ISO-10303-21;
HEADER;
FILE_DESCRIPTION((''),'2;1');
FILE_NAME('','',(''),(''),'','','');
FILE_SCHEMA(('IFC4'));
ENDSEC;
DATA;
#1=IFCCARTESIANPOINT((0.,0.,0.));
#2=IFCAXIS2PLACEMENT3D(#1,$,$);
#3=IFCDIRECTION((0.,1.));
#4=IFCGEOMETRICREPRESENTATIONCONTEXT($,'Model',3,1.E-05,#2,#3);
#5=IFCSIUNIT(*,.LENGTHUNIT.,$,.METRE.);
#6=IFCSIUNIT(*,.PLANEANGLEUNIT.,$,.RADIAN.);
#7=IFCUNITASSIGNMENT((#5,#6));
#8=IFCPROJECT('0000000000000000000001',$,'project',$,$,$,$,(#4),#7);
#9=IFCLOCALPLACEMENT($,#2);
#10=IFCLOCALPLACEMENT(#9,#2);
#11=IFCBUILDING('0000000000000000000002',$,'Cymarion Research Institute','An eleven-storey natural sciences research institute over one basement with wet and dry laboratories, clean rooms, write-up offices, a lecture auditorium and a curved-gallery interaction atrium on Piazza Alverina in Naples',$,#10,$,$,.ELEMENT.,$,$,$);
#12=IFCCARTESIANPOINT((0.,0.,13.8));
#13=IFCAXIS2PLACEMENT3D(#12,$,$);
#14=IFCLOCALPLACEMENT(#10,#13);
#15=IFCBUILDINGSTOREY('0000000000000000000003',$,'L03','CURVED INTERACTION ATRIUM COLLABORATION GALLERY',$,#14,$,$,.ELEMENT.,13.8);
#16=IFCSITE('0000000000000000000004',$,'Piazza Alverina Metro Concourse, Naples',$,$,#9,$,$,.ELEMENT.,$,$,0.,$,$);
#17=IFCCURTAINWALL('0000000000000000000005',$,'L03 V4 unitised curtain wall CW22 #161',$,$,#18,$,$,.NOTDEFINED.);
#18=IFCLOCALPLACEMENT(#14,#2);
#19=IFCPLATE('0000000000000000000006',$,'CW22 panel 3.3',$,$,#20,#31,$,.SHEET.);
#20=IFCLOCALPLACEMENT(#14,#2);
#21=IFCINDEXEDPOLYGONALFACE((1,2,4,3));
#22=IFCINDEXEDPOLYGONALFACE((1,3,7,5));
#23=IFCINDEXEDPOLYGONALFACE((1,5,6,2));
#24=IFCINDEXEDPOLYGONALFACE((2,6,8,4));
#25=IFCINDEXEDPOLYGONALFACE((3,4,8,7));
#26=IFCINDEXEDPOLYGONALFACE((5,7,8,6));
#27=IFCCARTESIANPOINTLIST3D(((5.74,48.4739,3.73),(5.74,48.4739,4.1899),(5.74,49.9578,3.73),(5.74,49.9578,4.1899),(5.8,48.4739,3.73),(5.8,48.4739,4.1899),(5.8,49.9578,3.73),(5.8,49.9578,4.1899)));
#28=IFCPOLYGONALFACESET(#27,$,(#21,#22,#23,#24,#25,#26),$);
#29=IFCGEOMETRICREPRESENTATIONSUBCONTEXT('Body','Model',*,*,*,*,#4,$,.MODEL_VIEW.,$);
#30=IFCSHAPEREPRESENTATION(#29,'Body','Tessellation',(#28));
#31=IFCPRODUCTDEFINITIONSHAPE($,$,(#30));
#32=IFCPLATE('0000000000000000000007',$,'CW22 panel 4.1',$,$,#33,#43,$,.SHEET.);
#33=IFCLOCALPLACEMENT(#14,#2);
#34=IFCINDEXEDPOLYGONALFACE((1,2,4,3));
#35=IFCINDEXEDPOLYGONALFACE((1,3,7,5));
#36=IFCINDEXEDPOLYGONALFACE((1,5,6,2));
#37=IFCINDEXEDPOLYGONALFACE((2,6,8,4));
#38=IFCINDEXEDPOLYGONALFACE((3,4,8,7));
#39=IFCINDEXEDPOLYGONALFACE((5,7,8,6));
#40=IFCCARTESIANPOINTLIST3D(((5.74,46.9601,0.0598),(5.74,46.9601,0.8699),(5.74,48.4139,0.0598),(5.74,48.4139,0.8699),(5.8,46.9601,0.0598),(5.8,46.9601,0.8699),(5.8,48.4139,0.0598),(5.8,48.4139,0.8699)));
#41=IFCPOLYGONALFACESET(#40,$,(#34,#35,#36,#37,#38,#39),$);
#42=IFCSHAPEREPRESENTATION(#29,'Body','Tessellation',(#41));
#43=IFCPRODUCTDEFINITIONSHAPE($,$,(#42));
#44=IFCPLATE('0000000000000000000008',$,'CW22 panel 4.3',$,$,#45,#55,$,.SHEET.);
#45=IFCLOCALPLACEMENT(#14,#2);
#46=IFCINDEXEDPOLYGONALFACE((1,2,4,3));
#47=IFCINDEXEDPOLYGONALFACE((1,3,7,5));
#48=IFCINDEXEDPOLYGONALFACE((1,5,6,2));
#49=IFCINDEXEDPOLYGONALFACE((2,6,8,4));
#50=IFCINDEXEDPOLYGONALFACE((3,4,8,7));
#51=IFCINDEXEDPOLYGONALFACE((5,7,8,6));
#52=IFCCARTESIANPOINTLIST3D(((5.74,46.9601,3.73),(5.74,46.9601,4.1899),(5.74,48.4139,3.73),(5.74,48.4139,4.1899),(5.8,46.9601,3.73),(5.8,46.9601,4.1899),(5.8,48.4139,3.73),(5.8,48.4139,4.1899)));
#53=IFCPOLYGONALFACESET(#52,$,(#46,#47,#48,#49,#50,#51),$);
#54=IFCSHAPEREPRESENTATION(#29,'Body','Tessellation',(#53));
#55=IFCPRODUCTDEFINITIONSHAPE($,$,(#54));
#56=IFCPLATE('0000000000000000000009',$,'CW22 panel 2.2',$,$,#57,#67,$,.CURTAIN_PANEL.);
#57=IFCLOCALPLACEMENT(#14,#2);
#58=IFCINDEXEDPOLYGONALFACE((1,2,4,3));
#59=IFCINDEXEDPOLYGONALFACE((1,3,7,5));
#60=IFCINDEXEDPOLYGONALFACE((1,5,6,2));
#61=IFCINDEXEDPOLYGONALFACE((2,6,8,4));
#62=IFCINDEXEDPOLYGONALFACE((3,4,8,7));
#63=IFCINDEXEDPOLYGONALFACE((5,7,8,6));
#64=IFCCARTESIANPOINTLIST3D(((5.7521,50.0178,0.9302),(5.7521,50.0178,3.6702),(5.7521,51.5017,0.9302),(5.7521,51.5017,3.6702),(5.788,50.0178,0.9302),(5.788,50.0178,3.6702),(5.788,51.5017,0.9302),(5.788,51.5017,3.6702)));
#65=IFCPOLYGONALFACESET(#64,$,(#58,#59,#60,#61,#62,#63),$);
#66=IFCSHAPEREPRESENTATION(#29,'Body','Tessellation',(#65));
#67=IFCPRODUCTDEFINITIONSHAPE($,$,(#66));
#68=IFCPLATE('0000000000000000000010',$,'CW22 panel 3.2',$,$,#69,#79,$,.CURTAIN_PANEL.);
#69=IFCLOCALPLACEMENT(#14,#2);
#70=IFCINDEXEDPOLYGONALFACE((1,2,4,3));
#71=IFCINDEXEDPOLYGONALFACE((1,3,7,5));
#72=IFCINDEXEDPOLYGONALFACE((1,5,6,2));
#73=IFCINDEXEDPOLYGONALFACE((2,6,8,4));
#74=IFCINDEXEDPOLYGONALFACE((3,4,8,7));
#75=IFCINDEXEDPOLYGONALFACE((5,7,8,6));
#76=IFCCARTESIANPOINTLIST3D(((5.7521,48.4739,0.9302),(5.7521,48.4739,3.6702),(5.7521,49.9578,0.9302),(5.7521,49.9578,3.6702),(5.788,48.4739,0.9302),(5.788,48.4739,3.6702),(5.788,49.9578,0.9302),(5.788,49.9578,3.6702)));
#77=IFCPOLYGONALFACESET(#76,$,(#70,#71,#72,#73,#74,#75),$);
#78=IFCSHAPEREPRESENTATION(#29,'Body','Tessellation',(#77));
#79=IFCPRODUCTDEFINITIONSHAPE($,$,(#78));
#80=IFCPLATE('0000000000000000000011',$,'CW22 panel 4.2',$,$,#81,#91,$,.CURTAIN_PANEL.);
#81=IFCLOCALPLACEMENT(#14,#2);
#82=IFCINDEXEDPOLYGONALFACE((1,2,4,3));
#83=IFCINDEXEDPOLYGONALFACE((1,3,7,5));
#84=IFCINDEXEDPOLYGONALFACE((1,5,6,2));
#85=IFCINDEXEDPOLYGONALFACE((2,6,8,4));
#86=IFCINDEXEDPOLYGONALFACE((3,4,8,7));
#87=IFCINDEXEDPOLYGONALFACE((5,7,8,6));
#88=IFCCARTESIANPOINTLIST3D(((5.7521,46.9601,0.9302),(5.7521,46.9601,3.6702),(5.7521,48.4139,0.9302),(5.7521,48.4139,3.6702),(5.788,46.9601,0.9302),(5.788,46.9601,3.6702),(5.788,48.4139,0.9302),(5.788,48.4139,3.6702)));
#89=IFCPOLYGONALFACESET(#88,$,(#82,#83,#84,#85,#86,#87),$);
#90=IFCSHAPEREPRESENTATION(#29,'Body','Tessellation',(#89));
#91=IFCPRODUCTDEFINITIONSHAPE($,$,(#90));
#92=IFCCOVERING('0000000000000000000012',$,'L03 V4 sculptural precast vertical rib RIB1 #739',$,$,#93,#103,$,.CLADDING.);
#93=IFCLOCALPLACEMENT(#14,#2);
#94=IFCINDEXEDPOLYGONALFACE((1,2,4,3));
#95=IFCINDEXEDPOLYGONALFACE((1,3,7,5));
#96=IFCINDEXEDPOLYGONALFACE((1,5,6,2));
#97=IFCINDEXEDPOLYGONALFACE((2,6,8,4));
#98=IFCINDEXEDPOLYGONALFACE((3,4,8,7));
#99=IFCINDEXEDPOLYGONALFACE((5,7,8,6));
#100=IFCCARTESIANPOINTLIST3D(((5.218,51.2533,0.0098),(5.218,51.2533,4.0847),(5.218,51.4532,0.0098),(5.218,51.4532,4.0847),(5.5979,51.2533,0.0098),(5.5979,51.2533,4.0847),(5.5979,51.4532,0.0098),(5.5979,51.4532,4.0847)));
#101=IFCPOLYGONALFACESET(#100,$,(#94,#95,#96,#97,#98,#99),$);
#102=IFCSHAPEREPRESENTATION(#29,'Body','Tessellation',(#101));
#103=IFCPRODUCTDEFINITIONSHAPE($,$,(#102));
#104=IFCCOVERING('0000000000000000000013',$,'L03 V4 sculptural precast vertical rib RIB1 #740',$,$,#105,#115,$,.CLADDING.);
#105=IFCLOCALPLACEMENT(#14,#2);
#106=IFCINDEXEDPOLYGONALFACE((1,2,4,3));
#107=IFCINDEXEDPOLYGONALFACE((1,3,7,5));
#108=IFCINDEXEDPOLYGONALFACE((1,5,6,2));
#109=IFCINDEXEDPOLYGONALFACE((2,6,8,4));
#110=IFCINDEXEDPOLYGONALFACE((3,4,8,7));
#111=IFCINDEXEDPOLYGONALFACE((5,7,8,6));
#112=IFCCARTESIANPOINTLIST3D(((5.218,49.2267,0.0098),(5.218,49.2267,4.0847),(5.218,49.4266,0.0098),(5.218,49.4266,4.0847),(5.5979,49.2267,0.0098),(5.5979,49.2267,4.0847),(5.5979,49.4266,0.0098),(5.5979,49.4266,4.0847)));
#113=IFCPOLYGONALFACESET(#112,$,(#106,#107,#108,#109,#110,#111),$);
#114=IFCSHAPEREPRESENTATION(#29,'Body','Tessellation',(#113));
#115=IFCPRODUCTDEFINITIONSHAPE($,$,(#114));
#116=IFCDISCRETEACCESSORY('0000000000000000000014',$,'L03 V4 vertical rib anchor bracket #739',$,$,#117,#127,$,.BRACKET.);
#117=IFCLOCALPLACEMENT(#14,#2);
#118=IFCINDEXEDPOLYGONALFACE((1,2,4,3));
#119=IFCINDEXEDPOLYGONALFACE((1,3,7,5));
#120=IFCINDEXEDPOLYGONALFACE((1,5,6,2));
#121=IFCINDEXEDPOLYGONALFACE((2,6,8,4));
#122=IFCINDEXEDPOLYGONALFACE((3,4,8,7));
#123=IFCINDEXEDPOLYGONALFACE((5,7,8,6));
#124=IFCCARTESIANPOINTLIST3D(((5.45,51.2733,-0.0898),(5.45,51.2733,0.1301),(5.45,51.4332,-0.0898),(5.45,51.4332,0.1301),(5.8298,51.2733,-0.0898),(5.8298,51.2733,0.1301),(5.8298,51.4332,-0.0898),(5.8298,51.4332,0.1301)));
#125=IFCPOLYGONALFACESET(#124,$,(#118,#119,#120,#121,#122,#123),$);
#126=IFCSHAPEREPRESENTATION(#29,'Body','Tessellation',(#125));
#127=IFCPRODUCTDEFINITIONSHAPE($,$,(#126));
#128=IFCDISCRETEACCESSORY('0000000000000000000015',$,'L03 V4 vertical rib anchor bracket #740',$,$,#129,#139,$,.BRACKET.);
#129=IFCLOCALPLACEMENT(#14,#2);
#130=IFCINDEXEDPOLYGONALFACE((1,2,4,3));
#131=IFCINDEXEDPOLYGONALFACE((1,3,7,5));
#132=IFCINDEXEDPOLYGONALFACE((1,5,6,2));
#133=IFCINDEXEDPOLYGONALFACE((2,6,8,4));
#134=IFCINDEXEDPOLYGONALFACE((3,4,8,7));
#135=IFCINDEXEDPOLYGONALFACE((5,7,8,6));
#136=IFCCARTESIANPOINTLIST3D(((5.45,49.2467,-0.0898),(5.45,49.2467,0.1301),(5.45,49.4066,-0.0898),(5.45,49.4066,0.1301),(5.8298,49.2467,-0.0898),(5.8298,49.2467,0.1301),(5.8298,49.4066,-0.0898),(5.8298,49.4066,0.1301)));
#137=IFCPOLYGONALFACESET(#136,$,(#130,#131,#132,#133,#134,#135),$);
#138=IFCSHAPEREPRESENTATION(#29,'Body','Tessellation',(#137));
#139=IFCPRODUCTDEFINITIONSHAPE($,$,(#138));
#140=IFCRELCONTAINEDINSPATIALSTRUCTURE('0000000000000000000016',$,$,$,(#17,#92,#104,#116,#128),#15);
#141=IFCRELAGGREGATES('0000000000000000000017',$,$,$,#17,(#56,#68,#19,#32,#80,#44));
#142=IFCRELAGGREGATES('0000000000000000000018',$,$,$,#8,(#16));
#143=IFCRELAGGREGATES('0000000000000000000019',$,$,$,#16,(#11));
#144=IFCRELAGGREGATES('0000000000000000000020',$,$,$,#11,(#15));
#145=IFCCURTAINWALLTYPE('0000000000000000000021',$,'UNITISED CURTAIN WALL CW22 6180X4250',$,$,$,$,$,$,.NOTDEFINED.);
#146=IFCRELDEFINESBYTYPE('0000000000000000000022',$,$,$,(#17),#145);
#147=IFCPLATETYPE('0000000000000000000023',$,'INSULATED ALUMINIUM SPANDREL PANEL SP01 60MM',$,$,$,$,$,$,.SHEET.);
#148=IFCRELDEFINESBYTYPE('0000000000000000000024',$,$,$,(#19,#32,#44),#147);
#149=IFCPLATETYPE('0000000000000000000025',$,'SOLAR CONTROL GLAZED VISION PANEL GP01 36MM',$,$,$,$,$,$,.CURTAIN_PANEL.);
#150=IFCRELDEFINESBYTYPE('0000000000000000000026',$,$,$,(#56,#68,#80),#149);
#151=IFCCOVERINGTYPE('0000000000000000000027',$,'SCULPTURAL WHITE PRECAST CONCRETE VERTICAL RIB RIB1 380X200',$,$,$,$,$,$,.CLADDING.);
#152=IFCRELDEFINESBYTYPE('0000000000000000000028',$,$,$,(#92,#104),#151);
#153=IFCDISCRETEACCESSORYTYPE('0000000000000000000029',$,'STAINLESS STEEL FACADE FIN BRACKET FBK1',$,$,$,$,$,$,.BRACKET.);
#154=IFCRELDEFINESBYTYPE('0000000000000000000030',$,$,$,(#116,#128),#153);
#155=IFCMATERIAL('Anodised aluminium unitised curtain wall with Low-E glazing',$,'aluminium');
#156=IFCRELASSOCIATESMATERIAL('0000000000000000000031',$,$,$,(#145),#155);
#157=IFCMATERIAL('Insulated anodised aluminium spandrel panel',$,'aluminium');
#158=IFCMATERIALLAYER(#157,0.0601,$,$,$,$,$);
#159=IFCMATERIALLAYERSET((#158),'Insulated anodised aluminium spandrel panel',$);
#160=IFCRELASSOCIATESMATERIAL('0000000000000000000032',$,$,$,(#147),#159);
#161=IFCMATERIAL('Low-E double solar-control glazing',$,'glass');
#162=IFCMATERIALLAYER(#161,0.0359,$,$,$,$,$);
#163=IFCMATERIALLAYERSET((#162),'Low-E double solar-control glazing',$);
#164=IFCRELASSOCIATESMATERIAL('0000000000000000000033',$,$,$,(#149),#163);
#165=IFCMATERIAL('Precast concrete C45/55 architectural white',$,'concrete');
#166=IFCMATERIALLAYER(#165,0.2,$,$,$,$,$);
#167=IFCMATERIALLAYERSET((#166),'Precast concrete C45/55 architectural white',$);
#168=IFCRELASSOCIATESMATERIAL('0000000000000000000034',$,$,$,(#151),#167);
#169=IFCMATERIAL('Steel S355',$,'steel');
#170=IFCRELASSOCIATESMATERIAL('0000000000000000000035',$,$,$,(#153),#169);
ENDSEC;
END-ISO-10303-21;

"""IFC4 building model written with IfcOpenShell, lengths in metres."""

from ifc_helpers import new_model, si_unit, direction, frame, origin, origin_2d, place, context, subcontext, project, spatial, rectangle, extrude, material, layer, layer_set, type_object, element, aggregate, save


model = new_model("IFC4")

# Units and contexts
model_context = context("Model", 3, precision=1e-05, world=origin(), true_north=direction((0.0, 1.0)))
body_context = subcontext(model_context, "Body", "Model", "MODEL_VIEW")
ifc_project = project(units=[si_unit("LENGTHUNIT", "METRE"), si_unit("PLANEANGLEUNIT", "RADIAN")], contexts=[model_context])

# Site, building, storey
site_placement = place(None, origin())
site = spatial("IfcSite", under=ifc_project, at=site_placement, Name="Piazza Alverina Metro Concourse, Naples", CompositionType="ELEMENT", RefElevation=0.0)
building_placement = place(site_placement, origin())
building = spatial("IfcBuilding", under=site, at=building_placement, Name="Cymarion Research Institute", Description="An eleven-storey natural sciences research institute over one basement with wet and dry laboratories, clean rooms, write-up offices, a lecture auditorium and a curved-gallery interaction atrium on Piazza Alverina in Naples", CompositionType="ELEMENT")
storey_placement = place(building_placement, frame((0.0, 0.0, 13.8)))
storey = spatial("IfcBuildingStorey", under=building, at=storey_placement, Name="L03", Description="CURVED INTERACTION ATRIUM COLLABORATION GALLERY", CompositionType="ELEMENT", Elevation=13.8)

# Curtain wall, plates
ifc_material_1 = material(Name="Anodised aluminium unitised curtain wall with Low-E glazing", Category="aluminium")
curtain_wall_type = type_object("IfcCurtainWallType", Name="UNITISED CURTAIN WALL CW22 6180X4250", PredefinedType="NOTDEFINED", material=ifc_material_1)
curtain_wall_placement = place(storey_placement, origin())
curtain_wall = element("IfcCurtainWall", 1, at=curtain_wall_placement, inside=storey, type_object=curtain_wall_type, Name="L03 V4 unitised curtain wall CW22 #161", PredefinedType="NOTDEFINED")
ifc_material_2 = material(Name="Insulated anodised aluminium spandrel panel", Category="aluminium")
ifc_layer_1 = layer(ifc_material_2, 0.0601)
ifc_layer_set_1 = layer_set([ifc_layer_1], Name="Insulated anodised aluminium spandrel panel")
plate_type_1 = type_object("IfcPlateType", Name="INSULATED ALUMINIUM SPANDREL PANEL SP01 60MM", PredefinedType="SHEET", material=ifc_layer_set_1)
plate_1_placement = place(storey_placement, frame((5.77, 49.2158, 3.73), z_axis=(0.0, 0.0, 1.0), x_axis=(0.0, -1.0, 0.0)))
plate_1 = element("IfcPlate", 2, at=plate_1_placement, type_object=plate_type_1, Name="CW22 panel 3.3", PredefinedType="SHEET", context=body_context, shape_type="SweptSolid", body=[
    extrude(rectangle(XDim=1.4839, YDim=0.0601, at=origin_2d()), origin(), (0.0, 0.0, 1.0), 0.46),
])
plate_2_placement = place(storey_placement, frame((5.77, 47.687, 0.0598), z_axis=(0.0, 0.0, 1.0), x_axis=(0.0, -1.0, 0.0)))
plate_2 = element("IfcPlate", 3, at=plate_2_placement, type_object=plate_type_1, Name="CW22 panel 4.1", PredefinedType="SHEET", context=body_context, shape_type="SweptSolid", body=[
    extrude(rectangle(XDim=1.4539, YDim=0.0601, at=origin_2d()), origin(), (0.0, 0.0, 1.0), 0.8101),
])
plate_3_placement = place(storey_placement, frame((5.77, 47.687, 3.73), z_axis=(0.0, 0.0, 1.0), x_axis=(0.0, -1.0, 0.0)))
plate_3 = element("IfcPlate", 4, at=plate_3_placement, type_object=plate_type_1, Name="CW22 panel 4.3", PredefinedType="SHEET", context=body_context, shape_type="SweptSolid", body=[
    extrude(rectangle(XDim=1.4539, YDim=0.0601, at=origin_2d()), origin(), (0.0, 0.0, 1.0), 0.46),
])
ifc_material_3 = material(Name="Low-E double solar-control glazing", Category="glass")
ifc_layer_2 = layer(ifc_material_3, 0.0359)
ifc_layer_set_2 = layer_set([ifc_layer_2], Name="Low-E double solar-control glazing")
plate_type_2 = type_object("IfcPlateType", Name="SOLAR CONTROL GLAZED VISION PANEL GP01 36MM", PredefinedType="CURTAIN_PANEL", material=ifc_layer_set_2)
plate_4_placement = place(storey_placement, frame((5.77, 50.7598, 0.9302), z_axis=(0.0, 0.0, 1.0), x_axis=(0.0, -1.0, 0.0)))
plate_4 = element("IfcPlate", 5, at=plate_4_placement, type_object=plate_type_2, Name="CW22 panel 2.2", PredefinedType="CURTAIN_PANEL", context=body_context, shape_type="SweptSolid", body=[
    extrude(rectangle(XDim=1.4839, YDim=0.0359, at=origin_2d()), origin(), (0.0, 0.0, 1.0), 2.74),
])
plate_5_placement = place(storey_placement, frame((5.77, 49.2158, 0.9302), z_axis=(0.0, 0.0, 1.0), x_axis=(0.0, -1.0, 0.0)))
plate_5 = element("IfcPlate", 6, at=plate_5_placement, type_object=plate_type_2, Name="CW22 panel 3.2", PredefinedType="CURTAIN_PANEL", context=body_context, shape_type="SweptSolid", body=[
    extrude(rectangle(XDim=1.4839, YDim=0.0359, at=origin_2d()), origin(), (0.0, 0.0, 1.0), 2.74),
])
plate_6_placement = place(storey_placement, frame((5.77, 47.687, 0.9302), z_axis=(0.0, 0.0, 1.0), x_axis=(0.0, -1.0, 0.0)))
plate_6 = element("IfcPlate", 7, at=plate_6_placement, type_object=plate_type_2, Name="CW22 panel 4.2", PredefinedType="CURTAIN_PANEL", context=body_context, shape_type="SweptSolid", body=[
    extrude(rectangle(XDim=1.4539, YDim=0.0359, at=origin_2d()), origin(), (0.0, 0.0, 1.0), 2.74),
])
aggregate(curtain_wall, [plate_4, plate_5, plate_1, plate_2, plate_6, plate_3])

# Coverings
ifc_material_4 = material(Name="Precast concrete C45/55 architectural white", Category="concrete")
ifc_layer_3 = layer(ifc_material_4, 0.2)
ifc_layer_set_3 = layer_set([ifc_layer_3], Name="Precast concrete C45/55 architectural white")
covering_type = type_object("IfcCoveringType", Name="SCULPTURAL WHITE PRECAST CONCRETE VERTICAL RIB RIB1 380X200", PredefinedType="CLADDING", material=ifc_layer_set_3)
for number, where, z_axis, x_axis, name in (
    (8, (5.408, 51.3533, 0.0098), (0.0, 0.0, 1.0), (-1.0, 0.0, 0.0), "L03 V4 sculptural precast vertical rib RIB1 #739"),
    (9, (5.408, 49.3267, 0.0098), (0.0, 0.0, 1.0), (-1.0, 0.0, 0.0), "L03 V4 sculptural precast vertical rib RIB1 #740"),
):
    element("IfcCovering", number, at=place(storey_placement, frame(where, z_axis=z_axis, x_axis=x_axis)), inside=storey, type_object=covering_type, Name=name, PredefinedType="CLADDING", context=body_context, shape_type="SweptSolid", body=[
        extrude(rectangle(XDim=0.3799, YDim=0.2, at=origin_2d()), origin(), (0.0, 0.0, 1.0), 4.075),
    ])

# Discrete accessories
ifc_material_5 = material(Name="Steel S355", Category="steel")
discrete_accessory_type = type_object("IfcDiscreteAccessoryType", Name="STAINLESS STEEL FACADE FIN BRACKET FBK1", PredefinedType="BRACKET", material=ifc_material_5)
for number, where, z_axis, x_axis, name in (
    (10, (5.6399, 51.3533, -0.0898), (0.0, 0.0, 1.0), (-1.0, 0.0, 0.0), "L03 V4 vertical rib anchor bracket #739"),
    (11, (5.6399, 49.3267, -0.0898), (0.0, 0.0, 1.0), (-1.0, 0.0, 0.0), "L03 V4 vertical rib anchor bracket #740"),
):
    element("IfcDiscreteAccessory", number, at=place(storey_placement, frame(where, z_axis=z_axis, x_axis=x_axis)), inside=storey, type_object=discrete_accessory_type, Name=name, PredefinedType="BRACKET", context=body_context, shape_type="SweptSolid", body=[
        extrude(rectangle(XDim=0.3799, YDim=0.1599, at=origin_2d()), origin(), (0.0, 0.0, 1.0), 0.22),
    ])

save(model, "model.ifc")
